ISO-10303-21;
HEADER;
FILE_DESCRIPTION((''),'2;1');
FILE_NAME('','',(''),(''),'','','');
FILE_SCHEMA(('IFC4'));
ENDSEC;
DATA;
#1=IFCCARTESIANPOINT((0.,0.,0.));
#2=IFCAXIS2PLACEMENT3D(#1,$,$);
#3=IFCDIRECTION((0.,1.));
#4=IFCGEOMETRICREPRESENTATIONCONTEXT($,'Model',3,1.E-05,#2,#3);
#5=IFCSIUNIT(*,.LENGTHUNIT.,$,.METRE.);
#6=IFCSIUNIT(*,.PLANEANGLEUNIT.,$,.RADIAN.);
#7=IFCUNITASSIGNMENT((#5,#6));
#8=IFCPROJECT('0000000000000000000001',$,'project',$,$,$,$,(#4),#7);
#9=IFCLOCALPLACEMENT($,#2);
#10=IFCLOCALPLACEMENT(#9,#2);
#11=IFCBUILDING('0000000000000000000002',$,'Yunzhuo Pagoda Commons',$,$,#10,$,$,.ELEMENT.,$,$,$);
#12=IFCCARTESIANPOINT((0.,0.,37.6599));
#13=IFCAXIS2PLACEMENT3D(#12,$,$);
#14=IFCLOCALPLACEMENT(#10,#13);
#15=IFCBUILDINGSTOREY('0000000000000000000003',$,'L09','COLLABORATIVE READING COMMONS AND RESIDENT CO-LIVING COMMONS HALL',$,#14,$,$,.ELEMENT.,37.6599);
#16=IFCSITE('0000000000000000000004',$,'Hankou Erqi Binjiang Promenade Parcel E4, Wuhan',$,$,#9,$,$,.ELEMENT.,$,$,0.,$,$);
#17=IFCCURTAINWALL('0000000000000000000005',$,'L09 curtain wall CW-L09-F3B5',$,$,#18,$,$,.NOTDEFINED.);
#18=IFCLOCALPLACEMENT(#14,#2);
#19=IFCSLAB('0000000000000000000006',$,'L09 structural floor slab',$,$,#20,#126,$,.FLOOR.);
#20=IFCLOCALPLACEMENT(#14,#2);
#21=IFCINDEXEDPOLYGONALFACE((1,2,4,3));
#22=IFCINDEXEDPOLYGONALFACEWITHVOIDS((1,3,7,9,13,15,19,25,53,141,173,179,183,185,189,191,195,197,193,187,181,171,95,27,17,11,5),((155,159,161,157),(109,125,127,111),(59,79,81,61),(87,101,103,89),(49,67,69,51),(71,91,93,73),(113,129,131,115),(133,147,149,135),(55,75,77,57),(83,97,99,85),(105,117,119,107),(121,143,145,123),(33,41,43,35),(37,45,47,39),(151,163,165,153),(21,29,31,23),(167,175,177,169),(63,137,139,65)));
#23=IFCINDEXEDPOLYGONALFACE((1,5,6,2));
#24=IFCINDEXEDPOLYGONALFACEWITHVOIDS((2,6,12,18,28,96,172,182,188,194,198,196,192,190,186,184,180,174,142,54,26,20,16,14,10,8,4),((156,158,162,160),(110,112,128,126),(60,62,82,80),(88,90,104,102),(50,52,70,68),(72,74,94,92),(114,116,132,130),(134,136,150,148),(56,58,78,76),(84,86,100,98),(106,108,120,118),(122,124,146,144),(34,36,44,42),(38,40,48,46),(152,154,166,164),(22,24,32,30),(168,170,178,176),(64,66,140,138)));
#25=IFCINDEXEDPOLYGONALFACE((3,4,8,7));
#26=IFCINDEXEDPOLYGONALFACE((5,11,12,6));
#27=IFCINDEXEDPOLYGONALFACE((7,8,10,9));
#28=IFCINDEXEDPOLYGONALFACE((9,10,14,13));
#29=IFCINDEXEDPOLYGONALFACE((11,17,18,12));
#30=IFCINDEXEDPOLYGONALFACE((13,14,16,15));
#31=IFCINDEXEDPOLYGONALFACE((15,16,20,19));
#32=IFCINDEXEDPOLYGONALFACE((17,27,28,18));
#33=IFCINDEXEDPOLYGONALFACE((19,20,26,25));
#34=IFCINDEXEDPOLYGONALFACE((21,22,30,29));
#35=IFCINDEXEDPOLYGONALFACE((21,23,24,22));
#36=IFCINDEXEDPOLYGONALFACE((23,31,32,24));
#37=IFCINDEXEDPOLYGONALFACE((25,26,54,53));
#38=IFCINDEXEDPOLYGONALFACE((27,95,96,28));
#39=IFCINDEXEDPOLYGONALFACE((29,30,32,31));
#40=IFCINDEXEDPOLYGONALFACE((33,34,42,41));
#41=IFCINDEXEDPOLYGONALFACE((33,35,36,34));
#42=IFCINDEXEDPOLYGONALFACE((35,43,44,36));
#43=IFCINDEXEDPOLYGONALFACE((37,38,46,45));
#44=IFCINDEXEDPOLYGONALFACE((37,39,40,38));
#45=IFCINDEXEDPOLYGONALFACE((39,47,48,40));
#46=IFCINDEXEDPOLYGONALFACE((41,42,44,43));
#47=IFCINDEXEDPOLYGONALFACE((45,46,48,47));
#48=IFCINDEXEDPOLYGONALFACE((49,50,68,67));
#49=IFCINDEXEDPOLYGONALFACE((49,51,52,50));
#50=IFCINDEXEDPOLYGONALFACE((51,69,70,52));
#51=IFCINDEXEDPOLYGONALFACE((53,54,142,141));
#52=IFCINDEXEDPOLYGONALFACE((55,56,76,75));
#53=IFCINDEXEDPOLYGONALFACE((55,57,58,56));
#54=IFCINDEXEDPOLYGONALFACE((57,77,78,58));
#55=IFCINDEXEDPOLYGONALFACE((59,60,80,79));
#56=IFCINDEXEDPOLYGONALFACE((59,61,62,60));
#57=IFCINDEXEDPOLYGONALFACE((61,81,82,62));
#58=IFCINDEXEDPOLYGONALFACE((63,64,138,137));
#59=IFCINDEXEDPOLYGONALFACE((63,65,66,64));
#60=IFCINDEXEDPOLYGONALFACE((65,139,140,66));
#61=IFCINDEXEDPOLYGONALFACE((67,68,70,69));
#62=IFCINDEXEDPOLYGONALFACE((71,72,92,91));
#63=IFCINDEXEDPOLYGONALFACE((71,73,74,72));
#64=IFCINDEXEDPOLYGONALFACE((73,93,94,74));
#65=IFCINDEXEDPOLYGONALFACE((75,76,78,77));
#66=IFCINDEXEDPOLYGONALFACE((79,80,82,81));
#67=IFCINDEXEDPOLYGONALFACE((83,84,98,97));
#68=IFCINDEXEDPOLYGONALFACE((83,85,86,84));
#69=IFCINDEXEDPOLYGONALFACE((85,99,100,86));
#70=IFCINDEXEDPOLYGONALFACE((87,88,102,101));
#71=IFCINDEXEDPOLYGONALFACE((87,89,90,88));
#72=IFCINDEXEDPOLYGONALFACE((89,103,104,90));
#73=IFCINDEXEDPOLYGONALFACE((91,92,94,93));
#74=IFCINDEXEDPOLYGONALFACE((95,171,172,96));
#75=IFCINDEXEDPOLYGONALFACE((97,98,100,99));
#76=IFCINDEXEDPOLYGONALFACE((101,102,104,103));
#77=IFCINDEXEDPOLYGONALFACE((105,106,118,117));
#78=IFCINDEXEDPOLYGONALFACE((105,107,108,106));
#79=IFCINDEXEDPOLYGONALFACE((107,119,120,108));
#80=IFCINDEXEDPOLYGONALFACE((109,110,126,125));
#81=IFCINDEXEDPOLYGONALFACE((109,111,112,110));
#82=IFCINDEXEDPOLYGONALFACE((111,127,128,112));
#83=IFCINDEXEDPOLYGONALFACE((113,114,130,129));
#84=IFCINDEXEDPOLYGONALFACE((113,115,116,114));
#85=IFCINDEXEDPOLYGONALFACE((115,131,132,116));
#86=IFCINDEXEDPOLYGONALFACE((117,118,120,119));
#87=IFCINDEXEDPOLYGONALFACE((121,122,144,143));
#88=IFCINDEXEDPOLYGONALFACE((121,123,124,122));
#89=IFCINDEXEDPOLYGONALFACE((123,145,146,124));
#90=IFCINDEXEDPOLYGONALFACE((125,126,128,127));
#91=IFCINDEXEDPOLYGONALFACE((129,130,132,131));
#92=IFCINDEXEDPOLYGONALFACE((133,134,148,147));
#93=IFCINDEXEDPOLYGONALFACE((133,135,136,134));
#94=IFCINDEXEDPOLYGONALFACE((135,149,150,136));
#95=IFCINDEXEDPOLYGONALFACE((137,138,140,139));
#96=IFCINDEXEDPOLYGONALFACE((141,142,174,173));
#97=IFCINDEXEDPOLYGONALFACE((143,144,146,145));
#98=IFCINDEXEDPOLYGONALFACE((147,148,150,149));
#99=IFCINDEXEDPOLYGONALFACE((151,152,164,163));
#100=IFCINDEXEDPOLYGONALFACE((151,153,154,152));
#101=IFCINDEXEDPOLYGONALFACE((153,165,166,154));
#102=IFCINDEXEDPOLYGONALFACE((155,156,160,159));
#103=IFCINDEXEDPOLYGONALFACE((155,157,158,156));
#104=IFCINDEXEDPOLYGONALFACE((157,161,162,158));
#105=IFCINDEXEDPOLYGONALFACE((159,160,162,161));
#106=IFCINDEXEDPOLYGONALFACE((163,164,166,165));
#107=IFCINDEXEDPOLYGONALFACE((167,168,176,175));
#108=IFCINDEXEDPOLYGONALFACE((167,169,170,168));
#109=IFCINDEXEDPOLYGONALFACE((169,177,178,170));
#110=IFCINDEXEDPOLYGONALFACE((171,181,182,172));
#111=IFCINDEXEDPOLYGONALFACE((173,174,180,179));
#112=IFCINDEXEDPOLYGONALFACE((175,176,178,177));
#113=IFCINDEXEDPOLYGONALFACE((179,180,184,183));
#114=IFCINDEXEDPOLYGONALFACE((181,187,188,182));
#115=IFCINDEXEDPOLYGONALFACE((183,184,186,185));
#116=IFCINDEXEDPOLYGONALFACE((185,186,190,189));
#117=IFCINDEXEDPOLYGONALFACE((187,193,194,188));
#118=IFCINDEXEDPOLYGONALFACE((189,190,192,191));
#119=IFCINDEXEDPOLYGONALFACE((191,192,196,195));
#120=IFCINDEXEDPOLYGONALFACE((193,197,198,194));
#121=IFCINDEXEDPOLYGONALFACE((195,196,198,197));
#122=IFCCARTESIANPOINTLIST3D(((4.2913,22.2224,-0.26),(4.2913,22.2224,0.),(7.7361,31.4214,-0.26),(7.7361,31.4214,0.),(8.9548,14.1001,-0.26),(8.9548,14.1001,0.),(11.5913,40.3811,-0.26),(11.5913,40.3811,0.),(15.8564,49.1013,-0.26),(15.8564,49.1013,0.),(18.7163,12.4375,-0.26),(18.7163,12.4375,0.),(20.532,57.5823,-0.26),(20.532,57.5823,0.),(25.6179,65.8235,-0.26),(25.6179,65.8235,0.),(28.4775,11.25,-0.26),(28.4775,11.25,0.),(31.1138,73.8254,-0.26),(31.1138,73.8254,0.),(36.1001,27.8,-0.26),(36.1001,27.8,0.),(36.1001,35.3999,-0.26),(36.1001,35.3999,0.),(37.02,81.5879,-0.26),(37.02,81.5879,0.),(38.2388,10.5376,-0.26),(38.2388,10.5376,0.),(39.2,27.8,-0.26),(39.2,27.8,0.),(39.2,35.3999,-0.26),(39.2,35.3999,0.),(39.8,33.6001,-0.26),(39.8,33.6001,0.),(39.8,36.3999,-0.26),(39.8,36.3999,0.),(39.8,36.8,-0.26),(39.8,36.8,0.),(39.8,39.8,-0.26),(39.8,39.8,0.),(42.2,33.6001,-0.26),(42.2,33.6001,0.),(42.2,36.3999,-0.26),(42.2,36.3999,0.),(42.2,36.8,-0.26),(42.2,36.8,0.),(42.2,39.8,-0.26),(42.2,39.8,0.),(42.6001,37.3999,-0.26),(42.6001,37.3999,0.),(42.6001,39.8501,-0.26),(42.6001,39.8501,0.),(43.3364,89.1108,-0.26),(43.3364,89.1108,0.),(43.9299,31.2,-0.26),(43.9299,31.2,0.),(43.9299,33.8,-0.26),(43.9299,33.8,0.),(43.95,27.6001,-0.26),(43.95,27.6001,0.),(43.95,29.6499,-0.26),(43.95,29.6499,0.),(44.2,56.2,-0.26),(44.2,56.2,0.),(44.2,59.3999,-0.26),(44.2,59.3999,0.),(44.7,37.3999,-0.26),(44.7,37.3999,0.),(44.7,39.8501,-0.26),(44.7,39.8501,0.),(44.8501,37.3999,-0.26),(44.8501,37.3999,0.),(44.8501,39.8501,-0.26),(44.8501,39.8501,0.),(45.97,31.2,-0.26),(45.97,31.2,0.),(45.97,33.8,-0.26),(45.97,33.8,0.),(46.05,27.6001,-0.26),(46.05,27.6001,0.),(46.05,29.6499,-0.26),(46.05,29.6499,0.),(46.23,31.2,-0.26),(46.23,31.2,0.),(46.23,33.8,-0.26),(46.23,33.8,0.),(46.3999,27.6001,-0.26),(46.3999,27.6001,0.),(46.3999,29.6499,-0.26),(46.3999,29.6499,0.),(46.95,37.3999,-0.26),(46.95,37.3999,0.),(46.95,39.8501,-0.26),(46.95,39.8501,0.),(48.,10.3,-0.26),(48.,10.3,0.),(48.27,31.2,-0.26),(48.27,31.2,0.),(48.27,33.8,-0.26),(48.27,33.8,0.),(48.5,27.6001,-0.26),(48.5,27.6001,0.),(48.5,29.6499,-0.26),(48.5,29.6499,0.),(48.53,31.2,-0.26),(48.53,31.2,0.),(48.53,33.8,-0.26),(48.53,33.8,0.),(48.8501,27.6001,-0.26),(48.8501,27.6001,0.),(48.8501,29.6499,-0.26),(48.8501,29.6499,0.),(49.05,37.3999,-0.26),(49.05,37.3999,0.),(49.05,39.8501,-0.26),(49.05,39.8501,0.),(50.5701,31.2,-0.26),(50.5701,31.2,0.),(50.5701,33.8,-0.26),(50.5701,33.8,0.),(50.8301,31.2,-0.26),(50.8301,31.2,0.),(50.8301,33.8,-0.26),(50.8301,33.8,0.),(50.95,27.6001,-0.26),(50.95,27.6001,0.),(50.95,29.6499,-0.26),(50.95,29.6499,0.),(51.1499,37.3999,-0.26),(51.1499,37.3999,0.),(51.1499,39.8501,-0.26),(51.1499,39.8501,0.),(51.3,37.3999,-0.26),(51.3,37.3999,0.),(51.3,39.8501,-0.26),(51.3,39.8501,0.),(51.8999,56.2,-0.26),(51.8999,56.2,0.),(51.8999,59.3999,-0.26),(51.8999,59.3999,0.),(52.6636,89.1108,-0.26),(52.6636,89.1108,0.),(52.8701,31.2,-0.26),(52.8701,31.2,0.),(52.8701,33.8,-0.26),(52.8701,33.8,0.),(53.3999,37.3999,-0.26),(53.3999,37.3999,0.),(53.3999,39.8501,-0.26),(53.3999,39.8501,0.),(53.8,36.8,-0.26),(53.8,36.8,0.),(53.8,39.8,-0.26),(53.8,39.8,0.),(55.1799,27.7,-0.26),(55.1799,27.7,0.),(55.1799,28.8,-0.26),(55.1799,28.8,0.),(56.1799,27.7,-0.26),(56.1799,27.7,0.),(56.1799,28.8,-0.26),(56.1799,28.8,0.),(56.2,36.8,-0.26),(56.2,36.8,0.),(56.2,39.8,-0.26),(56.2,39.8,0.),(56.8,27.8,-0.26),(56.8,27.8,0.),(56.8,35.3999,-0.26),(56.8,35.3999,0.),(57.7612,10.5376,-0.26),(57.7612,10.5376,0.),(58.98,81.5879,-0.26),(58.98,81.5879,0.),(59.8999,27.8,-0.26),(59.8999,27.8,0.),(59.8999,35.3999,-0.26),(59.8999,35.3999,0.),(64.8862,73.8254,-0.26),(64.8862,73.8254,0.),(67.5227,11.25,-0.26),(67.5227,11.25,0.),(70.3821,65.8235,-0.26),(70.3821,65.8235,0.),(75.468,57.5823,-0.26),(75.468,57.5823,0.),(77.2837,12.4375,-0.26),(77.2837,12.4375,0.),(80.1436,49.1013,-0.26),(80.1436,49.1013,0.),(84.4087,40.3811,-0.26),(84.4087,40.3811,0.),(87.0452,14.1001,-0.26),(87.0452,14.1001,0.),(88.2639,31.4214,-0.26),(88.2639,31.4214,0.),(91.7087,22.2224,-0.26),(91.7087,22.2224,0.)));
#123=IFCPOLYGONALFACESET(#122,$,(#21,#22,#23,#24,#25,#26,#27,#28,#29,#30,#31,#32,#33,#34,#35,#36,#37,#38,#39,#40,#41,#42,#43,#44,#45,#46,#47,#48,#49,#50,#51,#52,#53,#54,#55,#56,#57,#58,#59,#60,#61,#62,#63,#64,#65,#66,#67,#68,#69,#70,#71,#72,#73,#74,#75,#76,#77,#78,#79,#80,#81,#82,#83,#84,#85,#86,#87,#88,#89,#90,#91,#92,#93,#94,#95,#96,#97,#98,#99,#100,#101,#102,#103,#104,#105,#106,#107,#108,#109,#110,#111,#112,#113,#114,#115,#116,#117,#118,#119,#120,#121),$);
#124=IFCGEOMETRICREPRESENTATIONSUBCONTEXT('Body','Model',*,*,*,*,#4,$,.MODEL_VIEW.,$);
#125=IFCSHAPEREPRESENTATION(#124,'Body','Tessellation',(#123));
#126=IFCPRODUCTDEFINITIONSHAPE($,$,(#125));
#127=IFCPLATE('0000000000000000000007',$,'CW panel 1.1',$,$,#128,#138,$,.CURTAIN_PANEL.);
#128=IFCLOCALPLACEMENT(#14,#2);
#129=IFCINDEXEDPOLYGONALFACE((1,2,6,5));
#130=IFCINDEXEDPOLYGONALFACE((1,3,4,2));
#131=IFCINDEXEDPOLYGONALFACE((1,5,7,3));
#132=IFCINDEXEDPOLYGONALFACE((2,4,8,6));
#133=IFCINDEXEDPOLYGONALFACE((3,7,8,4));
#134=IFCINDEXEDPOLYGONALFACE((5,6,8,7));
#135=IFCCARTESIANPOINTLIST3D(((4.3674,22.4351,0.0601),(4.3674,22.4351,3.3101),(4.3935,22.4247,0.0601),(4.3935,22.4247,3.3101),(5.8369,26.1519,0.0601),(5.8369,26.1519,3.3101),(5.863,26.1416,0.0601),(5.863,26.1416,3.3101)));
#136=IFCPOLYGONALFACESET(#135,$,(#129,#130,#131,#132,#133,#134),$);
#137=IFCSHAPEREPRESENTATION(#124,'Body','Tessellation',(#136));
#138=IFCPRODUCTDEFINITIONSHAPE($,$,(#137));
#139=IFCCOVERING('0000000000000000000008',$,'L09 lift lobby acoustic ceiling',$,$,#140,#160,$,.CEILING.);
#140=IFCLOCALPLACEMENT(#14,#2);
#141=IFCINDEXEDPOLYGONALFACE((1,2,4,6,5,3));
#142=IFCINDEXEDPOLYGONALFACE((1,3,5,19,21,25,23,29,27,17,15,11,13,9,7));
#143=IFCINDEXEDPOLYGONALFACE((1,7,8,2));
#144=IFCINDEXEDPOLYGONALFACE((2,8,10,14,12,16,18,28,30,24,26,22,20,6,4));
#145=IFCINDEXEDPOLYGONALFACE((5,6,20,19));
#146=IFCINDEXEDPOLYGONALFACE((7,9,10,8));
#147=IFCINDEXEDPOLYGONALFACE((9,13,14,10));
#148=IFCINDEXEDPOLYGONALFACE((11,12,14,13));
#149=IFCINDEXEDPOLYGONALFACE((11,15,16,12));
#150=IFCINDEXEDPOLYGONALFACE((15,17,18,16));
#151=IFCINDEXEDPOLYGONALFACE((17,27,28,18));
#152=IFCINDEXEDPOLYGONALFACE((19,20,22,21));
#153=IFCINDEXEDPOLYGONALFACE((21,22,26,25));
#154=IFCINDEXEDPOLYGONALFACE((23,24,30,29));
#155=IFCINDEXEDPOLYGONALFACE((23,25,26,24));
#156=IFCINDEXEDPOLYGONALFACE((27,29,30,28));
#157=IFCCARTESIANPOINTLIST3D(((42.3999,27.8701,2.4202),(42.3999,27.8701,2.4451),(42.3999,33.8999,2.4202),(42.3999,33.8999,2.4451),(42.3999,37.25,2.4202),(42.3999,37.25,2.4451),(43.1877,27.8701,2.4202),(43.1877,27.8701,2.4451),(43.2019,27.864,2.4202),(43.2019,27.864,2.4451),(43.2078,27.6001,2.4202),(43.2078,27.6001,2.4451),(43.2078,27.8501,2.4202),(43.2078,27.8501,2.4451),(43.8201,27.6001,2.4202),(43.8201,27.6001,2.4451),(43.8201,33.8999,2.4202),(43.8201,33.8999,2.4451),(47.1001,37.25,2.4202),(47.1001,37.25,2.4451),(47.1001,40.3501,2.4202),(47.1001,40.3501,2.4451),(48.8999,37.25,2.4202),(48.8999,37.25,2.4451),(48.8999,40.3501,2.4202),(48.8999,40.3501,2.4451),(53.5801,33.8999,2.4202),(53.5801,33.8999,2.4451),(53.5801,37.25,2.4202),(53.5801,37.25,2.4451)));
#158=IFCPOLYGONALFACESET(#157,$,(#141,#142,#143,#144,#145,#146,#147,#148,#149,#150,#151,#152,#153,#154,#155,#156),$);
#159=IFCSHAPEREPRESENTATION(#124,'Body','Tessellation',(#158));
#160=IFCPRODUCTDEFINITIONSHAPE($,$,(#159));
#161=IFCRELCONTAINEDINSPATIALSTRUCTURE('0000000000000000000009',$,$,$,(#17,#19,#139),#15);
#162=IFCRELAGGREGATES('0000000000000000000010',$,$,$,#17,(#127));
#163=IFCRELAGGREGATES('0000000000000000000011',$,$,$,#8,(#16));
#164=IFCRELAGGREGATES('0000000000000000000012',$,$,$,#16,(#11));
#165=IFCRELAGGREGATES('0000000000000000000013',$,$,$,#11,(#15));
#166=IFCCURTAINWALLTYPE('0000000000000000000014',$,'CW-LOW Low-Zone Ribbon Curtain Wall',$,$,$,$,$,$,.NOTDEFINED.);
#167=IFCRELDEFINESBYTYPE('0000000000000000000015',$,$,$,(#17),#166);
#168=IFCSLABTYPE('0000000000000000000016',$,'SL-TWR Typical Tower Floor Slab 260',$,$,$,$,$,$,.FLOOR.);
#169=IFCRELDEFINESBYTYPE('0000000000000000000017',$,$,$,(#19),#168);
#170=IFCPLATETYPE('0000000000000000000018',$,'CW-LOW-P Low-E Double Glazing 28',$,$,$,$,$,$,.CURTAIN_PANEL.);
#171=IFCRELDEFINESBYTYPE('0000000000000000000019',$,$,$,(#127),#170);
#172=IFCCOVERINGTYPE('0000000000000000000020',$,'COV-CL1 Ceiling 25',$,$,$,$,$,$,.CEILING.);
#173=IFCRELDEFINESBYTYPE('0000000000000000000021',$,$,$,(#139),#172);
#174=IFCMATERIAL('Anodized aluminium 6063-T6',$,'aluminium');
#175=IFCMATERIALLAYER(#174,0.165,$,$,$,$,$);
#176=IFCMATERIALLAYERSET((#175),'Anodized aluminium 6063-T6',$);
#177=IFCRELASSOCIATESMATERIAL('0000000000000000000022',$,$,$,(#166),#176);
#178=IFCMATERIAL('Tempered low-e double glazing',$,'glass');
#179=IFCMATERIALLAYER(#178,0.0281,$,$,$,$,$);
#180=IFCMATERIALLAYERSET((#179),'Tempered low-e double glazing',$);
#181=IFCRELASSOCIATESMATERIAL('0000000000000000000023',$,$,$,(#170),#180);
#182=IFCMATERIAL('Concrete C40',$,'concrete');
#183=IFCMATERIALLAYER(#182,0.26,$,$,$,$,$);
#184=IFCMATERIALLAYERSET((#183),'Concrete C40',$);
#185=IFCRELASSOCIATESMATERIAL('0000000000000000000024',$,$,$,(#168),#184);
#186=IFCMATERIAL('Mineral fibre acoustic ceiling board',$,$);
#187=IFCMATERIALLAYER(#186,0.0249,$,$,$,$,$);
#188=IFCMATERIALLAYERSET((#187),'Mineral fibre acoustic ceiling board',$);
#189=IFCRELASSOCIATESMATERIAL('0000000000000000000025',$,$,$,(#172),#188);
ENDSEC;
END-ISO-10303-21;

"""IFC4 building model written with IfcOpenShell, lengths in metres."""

from ifc_helpers import new_model, si_unit, direction, frame, origin, origin_2d, place, context, subcontext, project, spatial, polyline, rectangle, outline, extrude, source, transform, mapped, material, layer, layer_set, type_object, element, aggregate, save


model = new_model("IFC4")

# Units and contexts
model_context = context("Model", 3, precision=1e-05, world=origin(), true_north=direction((0.0, 1.0)))
body_context = subcontext(model_context, "Body", "Model", "MODEL_VIEW")
ifc_project = project(units=[si_unit("LENGTHUNIT", "METRE"), si_unit("PLANEANGLEUNIT", "RADIAN")], contexts=[model_context])

# Site, building, storey
site_placement = place(None, origin())
site = spatial("IfcSite", under=ifc_project, at=site_placement, Name="Hankou Erqi Binjiang Promenade Parcel E4, Wuhan", CompositionType="ELEMENT", RefElevation=0.0)
building_placement = place(site_placement, origin())
building = spatial("IfcBuilding", under=site, at=building_placement, Name="Yunzhuo Pagoda Commons", CompositionType="ELEMENT")
storey_placement = place(building_placement, frame((0.0, 0.0, 37.6599)))
storey = spatial("IfcBuildingStorey", under=building, at=storey_placement, Name="L09", Description="COLLABORATIVE READING COMMONS AND RESIDENT CO-LIVING COMMONS HALL", CompositionType="ELEMENT", Elevation=37.6599)

# Curtain wall
ifc_material_1 = material(Name="Anodized aluminium 6063-T6", Category="aluminium")
ifc_layer_1 = layer(ifc_material_1, 0.165)
ifc_layer_set_1 = layer_set([ifc_layer_1], Name="Anodized aluminium 6063-T6")
curtain_wall_type = type_object("IfcCurtainWallType", Name="CW-LOW Low-Zone Ribbon Curtain Wall", PredefinedType="NOTDEFINED", material=ifc_layer_set_1)
curtain_wall_1_placement = place(storey_placement, origin())
curtain_wall_1 = element("IfcCurtainWall", 1, at=curtain_wall_1_placement, inside=storey, type_object=curtain_wall_type, Name="L09 curtain wall CW-L09-F3B5", PredefinedType="NOTDEFINED")

# Shared definitions
ifc_material_2 = material(Name="Tempered low-e double glazing", Category="glass")
ifc_layer_2 = layer(ifc_material_2, 0.0281)
ifc_layer_set_2 = layer_set([ifc_layer_2], Name="Tempered low-e double glazing")
plate_type = type_object("IfcPlateType", Name="CW-LOW-P Low-E Double Glazing 28", PredefinedType="CURTAIN_PANEL", material=ifc_layer_set_2)

# Shared definitions
ifc_material_3 = material(Name="Concrete C40", Category="concrete")

# Slab
ifc_layer_3 = layer(ifc_material_3, 0.26)
ifc_layer_set_3 = layer_set([ifc_layer_3], Name="Concrete C40")
slab_type_1 = type_object("IfcSlabType", Name="SL-TWR Typical Tower Floor Slab 260", PredefinedType="FLOOR", material=ifc_layer_set_3)
slab_1_placement = place(storey_placement, frame((0.0, 0.0, -0.26)))
element("IfcSlab", 2, at=slab_1_placement, inside=storey, type_object=slab_type_1, Name="L09 structural floor slab", PredefinedType="FLOOR", context=body_context, shape_type="SweptSolid", body=[
    extrude(outline(polyline([(7.7361, 31.4214), (11.5913, 40.3811), (15.8564, 49.1013), (20.532, 57.5823), (25.6179, 65.8235), (31.1138, 73.8254), (37.02, 81.5879), (43.3364, 89.1108), (52.6636, 89.1108), (58.98, 81.5879), (64.8862, 73.8254), (70.3821, 65.8235), (75.468, 57.5823), (80.1436, 49.1013), (84.4087, 40.3811), (88.2639, 31.4214), (91.7087, 22.2224), (87.0452, 14.1001), (77.2837, 12.4375), (67.5227, 11.25), (57.7612, 10.5376), (48.0, 10.3), (38.2388, 10.5376), (28.4775, 11.25), (18.7163, 12.4375), (8.9548, 14.1001), (4.2913, 22.2224), (7.7361, 31.4214)]), holes=[polyline([(46.05, 27.6001), (46.05, 29.6499), (43.95, 29.6499), (43.95, 27.6001), (46.05, 27.6001)]), polyline([(48.5, 27.6001), (48.5, 29.6499), (46.3999, 29.6499), (46.3999, 27.6001), (48.5, 27.6001)]), polyline([(36.1001, 27.8), (39.2, 27.8), (39.2, 35.3999), (36.1001, 35.3999), (36.1001, 27.8)]), polyline([(45.97, 31.2), (45.97, 33.8), (43.9299, 33.8), (43.9299, 31.2), (45.97, 31.2)]), polyline([(48.27, 31.2), (48.27, 33.8), (46.23, 33.8), (46.23, 31.2), (48.27, 31.2)]), polyline([(42.2, 33.6001), (42.2, 36.3999), (39.8, 36.3999), (39.8, 33.6001), (42.2, 33.6001)]), polyline([(42.2, 36.8), (42.2, 39.8), (39.8, 39.8), (39.8, 36.8), (42.2, 36.8)]), polyline([(42.6001, 37.3999), (44.7, 37.3999), (44.7, 39.8501), (42.6001, 39.8501), (42.6001, 37.3999)]), polyline([(44.8501, 37.3999), (46.95, 37.3999), (46.95, 39.8501), (44.8501, 39.8501), (44.8501, 37.3999)]), polyline([(56.1799, 27.7), (56.1799, 28.8), (55.1799, 28.8), (55.1799, 27.7), (56.1799, 27.7)]), polyline([(50.95, 27.6001), (50.95, 29.6499), (48.8501, 29.6499), (48.8501, 27.6001), (50.95, 27.6001)]), polyline([(56.8, 27.8), (59.8999, 27.8), (59.8999, 35.3999), (56.8, 35.3999), (56.8, 27.8)]), polyline([(50.5701, 31.2), (50.5701, 33.8), (48.53, 33.8), (48.53, 31.2), (50.5701, 31.2)]), polyline([(52.8701, 31.2), (52.8701, 33.8), (50.8301, 33.8), (50.8301, 31.2), (52.8701, 31.2)]), polyline([(56.2, 36.8), (56.2, 39.8), (53.8, 39.8), (53.8, 36.8), (56.2, 36.8)]), polyline([(51.1499, 37.3999), (51.1499, 39.8501), (49.05, 39.8501), (49.05, 37.3999), (51.1499, 37.3999)]), polyline([(51.3, 37.3999), (53.3999, 37.3999), (53.3999, 39.8501), (51.3, 39.8501), (51.3, 37.3999)]), polyline([(44.2, 56.2), (51.8999, 56.2), (51.8999, 59.3999), (44.2, 59.3999), (44.2, 56.2)])]), origin(), (0.0, 0.0, 1.0), 0.26),
])

# Plate
shared_shape_1 = source(origin(), body_context, "Body", "SweptSolid", [
    extrude(rectangle(XDim=3.9968, YDim=0.0281, at=origin_2d()), origin(), (0.0, 0.0, 1.0), 3.25),
])
plate_1_placement = place(storey_placement, frame((5.1152, 24.2883, 0.0601), z_axis=(0.0, 0.0, 1.0), x_axis=(-0.367665, -0.929958, 0.0)))
plate_1 = element("IfcPlate", 3, at=plate_1_placement, type_object=plate_type, Name="CW panel 1.1", PredefinedType="CURTAIN_PANEL", context=body_context, shape_type="MappedRepresentation", body=[
    mapped(shared_shape_1, transform((0.0, 0.0, 0.0), scale=1.0)),
])
aggregate(curtain_wall_1, [plate_1])

# Covering
ifc_material_4 = material(Name="Mineral fibre acoustic ceiling board")
ifc_layer_4 = layer(ifc_material_4, 0.0249)
ifc_layer_set_4 = layer_set([ifc_layer_4], Name="Mineral fibre acoustic ceiling board")
covering_type_1 = type_object("IfcCoveringType", Name="COV-CL1 Ceiling 25", PredefinedType="CEILING", material=ifc_layer_set_4)
covering_1_placement = place(storey_placement, frame((0.0, 0.0, 2.4202)))
element("IfcCovering", 4, at=covering_1_placement, inside=storey, type_object=covering_type_1, Name="L09 lift lobby acoustic ceiling", PredefinedType="CEILING", context=body_context, shape_type="SweptSolid", body=[
    extrude(outline(polyline([(43.2078, 27.8501), (43.2019, 27.864), (43.1877, 27.8701), (42.3999, 27.8701), (42.3999, 33.8999), (42.3999, 37.25), (47.1001, 37.25), (47.1001, 40.3501), (48.8999, 40.3501), (48.8999, 37.25), (53.5801, 37.25), (53.5801, 33.8999), (43.8201, 33.8999), (43.8201, 27.6001), (43.2078, 27.6001), (43.2078, 27.8501)])), origin(), (0.0, 0.0, 1.0), 0.0249),
])

save(model, "model.ifc")
